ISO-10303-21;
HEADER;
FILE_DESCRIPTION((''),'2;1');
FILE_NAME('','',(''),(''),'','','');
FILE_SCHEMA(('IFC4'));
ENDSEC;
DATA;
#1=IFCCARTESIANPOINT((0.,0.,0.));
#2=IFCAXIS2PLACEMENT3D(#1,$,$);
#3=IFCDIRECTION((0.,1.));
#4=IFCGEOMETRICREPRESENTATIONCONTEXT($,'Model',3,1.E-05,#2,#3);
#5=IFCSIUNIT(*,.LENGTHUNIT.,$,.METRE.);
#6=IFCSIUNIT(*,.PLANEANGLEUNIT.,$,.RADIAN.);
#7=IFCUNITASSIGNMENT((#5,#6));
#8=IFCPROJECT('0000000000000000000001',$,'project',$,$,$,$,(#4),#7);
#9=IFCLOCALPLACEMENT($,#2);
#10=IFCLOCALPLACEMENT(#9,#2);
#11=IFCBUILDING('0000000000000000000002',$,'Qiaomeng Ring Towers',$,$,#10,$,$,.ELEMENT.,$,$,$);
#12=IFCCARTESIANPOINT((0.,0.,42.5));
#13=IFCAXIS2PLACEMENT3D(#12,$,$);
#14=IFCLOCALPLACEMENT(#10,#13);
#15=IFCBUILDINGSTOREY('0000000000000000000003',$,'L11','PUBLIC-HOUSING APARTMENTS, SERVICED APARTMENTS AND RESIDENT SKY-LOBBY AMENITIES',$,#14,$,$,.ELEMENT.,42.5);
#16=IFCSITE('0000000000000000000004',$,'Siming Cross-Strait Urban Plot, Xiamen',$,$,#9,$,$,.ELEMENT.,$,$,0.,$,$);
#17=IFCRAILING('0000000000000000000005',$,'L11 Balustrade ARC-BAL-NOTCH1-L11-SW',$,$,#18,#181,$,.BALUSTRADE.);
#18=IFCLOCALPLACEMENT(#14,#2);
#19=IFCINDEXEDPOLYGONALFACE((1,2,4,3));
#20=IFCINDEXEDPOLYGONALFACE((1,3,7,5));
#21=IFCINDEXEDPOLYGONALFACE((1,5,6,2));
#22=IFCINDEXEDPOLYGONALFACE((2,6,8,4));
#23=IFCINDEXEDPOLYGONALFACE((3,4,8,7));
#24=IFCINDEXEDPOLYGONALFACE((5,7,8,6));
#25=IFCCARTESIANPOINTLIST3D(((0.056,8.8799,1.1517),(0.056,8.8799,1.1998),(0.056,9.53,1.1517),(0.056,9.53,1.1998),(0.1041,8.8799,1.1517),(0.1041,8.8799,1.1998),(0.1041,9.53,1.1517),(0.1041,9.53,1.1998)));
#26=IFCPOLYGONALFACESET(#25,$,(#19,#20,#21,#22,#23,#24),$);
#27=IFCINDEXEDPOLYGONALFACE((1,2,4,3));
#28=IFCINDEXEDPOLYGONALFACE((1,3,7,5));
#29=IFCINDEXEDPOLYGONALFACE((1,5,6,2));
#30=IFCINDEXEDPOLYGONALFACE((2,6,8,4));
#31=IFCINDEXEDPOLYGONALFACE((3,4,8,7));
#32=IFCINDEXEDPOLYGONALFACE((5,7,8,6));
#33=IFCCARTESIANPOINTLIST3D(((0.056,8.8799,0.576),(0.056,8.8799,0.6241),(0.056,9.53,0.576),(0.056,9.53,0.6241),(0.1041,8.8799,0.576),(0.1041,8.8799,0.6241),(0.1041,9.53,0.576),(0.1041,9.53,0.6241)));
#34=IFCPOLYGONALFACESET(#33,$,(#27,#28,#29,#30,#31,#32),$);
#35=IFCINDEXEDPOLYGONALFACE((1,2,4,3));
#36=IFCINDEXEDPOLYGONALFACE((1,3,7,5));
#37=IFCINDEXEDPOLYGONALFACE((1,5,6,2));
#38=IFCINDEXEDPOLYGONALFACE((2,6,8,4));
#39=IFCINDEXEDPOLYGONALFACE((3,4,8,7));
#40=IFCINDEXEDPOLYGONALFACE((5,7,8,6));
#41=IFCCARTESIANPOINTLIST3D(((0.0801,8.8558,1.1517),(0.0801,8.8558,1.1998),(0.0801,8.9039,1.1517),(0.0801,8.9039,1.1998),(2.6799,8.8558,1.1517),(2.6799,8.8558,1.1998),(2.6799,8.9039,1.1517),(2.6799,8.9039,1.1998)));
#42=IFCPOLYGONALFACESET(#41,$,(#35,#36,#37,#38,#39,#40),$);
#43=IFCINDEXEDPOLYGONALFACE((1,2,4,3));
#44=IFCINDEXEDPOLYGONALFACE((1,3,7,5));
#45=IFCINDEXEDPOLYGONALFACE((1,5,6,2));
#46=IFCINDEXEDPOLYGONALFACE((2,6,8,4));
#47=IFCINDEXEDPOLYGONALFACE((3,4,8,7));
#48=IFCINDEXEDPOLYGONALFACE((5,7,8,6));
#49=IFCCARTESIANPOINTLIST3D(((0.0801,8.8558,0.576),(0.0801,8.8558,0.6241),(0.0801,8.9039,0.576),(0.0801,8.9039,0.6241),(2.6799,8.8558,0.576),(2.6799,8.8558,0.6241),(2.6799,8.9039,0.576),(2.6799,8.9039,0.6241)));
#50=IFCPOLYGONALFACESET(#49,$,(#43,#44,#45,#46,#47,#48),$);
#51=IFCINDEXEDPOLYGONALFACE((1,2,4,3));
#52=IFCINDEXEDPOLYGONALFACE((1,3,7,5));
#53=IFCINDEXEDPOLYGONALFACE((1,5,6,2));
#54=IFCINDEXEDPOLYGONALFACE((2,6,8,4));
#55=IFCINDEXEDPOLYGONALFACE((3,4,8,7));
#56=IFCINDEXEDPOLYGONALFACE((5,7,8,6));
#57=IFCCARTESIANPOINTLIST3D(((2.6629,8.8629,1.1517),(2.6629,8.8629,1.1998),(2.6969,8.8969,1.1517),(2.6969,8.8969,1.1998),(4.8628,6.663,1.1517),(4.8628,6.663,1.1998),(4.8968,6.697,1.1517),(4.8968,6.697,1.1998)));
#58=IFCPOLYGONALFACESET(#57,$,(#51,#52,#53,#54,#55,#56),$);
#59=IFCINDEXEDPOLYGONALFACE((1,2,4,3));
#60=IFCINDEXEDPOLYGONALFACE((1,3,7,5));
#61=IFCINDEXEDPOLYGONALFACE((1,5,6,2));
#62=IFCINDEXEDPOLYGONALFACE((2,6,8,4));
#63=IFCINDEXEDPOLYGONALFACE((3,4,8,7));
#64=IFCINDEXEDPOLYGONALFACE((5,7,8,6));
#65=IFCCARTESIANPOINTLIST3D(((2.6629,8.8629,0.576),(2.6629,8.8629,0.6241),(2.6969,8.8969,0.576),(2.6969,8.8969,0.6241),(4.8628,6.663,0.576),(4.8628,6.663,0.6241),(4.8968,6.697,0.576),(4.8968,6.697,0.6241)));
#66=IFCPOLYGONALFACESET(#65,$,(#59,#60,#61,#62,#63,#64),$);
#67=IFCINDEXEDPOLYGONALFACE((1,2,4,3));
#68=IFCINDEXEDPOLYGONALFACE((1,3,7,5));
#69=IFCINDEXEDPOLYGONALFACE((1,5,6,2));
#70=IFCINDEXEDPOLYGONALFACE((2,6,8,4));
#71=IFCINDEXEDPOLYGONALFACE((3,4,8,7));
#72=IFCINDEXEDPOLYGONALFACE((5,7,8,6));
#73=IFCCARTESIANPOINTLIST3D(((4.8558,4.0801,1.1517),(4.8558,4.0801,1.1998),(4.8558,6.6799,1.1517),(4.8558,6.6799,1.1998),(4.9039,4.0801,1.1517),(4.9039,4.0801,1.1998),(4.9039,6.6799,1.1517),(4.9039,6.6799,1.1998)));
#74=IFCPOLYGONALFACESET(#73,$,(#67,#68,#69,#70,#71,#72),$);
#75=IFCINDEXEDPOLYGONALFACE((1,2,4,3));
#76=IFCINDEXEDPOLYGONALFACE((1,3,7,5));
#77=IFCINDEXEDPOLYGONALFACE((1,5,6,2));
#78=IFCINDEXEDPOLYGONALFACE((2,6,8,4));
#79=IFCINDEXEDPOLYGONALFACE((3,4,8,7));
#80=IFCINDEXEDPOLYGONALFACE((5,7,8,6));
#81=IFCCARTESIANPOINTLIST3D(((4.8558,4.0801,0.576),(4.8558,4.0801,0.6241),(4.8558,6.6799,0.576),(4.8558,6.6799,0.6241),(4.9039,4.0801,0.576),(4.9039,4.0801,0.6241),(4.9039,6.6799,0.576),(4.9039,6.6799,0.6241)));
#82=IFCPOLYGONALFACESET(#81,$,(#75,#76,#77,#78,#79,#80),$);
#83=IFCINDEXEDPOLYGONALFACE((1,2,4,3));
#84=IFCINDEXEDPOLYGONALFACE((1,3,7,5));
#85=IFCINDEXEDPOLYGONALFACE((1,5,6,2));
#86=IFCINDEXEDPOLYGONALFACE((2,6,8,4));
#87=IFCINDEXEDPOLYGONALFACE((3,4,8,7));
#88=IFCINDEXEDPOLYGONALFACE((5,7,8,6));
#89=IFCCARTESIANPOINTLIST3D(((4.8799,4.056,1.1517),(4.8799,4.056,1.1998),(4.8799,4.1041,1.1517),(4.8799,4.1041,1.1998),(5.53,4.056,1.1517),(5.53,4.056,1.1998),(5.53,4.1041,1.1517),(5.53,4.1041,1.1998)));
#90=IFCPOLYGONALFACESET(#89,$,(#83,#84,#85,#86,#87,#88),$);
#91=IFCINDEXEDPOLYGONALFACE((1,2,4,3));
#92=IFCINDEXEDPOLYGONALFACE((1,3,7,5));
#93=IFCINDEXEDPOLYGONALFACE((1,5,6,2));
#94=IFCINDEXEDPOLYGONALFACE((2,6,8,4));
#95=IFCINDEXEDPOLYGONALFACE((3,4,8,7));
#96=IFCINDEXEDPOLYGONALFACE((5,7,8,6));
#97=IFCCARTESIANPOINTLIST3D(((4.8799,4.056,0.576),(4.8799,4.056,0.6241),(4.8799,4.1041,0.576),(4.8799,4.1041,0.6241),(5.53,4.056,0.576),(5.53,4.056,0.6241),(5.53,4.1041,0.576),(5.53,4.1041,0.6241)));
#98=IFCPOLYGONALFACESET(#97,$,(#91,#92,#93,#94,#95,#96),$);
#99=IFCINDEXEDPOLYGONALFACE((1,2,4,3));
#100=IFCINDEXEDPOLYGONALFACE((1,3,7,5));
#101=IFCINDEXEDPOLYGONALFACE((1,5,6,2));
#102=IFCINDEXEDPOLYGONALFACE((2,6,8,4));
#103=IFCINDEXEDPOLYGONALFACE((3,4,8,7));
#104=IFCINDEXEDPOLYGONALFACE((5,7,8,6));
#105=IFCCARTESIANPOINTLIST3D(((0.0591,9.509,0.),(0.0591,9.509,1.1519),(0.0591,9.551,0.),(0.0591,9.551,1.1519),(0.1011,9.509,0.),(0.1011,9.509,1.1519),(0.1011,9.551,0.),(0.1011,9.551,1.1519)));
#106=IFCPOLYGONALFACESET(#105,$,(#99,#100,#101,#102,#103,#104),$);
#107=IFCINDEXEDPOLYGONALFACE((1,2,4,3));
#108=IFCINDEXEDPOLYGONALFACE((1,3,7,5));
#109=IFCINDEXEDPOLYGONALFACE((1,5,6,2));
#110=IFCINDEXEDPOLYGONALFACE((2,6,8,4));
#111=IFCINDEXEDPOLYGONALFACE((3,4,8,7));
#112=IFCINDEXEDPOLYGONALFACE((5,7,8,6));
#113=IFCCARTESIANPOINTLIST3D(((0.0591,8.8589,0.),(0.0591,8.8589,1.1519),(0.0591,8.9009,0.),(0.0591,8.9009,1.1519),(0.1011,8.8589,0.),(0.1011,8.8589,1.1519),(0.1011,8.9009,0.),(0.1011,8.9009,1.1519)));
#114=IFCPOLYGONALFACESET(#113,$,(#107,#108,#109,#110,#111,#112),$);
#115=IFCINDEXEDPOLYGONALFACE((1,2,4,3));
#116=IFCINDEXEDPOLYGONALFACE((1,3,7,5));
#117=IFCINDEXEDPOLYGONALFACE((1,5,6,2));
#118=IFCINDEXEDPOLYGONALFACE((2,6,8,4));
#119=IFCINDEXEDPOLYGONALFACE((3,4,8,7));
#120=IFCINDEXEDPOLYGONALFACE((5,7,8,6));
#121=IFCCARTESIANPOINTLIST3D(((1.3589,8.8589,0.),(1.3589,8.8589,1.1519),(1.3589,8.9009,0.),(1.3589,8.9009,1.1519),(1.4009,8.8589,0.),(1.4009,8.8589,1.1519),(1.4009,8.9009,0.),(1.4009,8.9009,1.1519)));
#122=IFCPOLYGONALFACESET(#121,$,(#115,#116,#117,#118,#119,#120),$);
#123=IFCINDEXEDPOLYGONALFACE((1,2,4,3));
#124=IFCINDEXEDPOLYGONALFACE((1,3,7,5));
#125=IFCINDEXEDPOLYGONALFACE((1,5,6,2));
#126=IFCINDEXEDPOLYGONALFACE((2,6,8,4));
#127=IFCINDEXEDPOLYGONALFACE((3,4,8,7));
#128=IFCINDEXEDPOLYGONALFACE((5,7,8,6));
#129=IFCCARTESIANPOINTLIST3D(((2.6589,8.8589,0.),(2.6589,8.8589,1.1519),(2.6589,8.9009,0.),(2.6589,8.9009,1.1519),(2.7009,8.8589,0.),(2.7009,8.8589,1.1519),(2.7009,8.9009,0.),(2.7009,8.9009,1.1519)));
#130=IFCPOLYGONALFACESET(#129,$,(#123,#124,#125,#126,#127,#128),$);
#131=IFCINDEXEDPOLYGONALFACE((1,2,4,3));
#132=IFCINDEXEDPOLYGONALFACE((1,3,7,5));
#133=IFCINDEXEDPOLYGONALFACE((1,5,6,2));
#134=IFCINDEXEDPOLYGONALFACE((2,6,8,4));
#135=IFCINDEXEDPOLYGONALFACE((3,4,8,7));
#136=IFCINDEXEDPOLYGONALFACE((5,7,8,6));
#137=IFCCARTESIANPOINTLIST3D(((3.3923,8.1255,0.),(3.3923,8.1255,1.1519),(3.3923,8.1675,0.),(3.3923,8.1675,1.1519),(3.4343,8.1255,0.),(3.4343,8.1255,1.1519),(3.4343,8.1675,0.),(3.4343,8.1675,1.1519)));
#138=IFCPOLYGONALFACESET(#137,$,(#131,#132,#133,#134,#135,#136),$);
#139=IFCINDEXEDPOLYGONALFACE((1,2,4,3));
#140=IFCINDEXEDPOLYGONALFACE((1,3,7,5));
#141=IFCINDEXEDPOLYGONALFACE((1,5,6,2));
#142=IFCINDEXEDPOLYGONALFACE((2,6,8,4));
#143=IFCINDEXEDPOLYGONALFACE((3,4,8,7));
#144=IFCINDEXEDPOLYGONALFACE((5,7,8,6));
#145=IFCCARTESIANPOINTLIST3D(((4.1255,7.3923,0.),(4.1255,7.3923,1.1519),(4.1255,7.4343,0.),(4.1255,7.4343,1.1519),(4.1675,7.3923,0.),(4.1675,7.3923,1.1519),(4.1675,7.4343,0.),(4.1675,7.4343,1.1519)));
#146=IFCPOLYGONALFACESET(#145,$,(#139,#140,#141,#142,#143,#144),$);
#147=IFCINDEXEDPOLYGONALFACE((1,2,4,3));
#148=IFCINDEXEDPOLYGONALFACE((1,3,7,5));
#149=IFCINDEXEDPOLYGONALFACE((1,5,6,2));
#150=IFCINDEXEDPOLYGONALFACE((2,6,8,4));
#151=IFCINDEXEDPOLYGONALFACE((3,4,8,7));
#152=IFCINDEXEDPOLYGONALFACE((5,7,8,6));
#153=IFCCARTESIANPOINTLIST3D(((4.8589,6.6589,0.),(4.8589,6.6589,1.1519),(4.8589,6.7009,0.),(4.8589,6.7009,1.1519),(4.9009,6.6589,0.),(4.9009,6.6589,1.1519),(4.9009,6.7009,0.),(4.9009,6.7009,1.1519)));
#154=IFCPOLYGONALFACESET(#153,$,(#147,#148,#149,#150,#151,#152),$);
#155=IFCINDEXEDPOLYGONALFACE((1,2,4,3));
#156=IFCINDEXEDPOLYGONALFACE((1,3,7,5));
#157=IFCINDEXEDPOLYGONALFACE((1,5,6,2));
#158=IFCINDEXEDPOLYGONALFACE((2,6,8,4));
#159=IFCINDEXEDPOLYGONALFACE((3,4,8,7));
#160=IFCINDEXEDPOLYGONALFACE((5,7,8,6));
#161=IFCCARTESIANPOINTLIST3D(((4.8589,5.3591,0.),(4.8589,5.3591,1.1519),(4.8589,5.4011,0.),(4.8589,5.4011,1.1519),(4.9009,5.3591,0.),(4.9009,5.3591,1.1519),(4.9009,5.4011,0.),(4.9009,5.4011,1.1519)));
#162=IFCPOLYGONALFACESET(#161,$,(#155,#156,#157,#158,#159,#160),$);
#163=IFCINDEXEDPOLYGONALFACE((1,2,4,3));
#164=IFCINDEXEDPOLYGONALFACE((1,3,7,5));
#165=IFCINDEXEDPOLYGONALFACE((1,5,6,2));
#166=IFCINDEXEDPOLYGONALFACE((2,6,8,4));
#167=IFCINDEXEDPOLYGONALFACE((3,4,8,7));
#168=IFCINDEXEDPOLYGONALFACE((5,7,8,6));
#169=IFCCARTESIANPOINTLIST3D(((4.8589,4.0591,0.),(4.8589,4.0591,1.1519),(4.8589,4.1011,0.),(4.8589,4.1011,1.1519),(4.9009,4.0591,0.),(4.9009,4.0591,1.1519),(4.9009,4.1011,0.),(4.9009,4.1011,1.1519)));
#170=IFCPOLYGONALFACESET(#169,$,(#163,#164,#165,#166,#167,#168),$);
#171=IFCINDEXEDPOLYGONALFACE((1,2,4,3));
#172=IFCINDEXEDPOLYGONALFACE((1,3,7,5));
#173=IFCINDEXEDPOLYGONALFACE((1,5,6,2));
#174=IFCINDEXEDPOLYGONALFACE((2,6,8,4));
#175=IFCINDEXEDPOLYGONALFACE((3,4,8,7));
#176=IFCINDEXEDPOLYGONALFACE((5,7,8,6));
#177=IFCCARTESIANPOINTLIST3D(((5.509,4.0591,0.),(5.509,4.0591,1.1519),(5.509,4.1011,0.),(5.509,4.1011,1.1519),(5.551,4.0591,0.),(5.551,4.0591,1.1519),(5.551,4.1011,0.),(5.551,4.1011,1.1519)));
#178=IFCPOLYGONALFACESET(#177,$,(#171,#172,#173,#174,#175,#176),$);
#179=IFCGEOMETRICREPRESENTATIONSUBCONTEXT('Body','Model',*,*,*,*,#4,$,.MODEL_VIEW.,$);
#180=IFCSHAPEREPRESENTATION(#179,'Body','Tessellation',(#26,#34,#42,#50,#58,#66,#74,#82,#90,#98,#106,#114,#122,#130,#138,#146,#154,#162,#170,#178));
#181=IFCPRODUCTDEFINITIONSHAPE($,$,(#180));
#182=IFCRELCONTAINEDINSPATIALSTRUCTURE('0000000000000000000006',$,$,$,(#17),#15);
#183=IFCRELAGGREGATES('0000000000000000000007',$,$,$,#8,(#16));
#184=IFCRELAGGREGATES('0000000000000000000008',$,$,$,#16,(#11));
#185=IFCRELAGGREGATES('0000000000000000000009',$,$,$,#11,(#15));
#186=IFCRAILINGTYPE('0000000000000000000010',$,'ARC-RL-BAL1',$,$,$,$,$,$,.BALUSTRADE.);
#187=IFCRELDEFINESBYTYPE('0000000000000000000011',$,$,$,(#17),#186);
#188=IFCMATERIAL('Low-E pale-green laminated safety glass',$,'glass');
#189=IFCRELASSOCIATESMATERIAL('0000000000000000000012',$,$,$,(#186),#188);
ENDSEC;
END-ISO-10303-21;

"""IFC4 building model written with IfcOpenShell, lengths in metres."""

from ifc_helpers import new_model, si_unit, direction, frame, origin, origin_2d, place, context, subcontext, project, spatial, rectangle, extrude, material, type_object, element, save


model = new_model("IFC4")

# Units and contexts
model_context = context("Model", 3, precision=1e-05, world=origin(), true_north=direction((0.0, 1.0)))
body_context = subcontext(model_context, "Body", "Model", "MODEL_VIEW")
ifc_project = project(units=[si_unit("LENGTHUNIT", "METRE"), si_unit("PLANEANGLEUNIT", "RADIAN")], contexts=[model_context])

# Site, building, storey
site_placement = place(None, origin())
site = spatial("IfcSite", under=ifc_project, at=site_placement, Name="Siming Cross-Strait Urban Plot, Xiamen", CompositionType="ELEMENT", RefElevation=0.0)
building_placement = place(site_placement, origin())
building = spatial("IfcBuilding", under=site, at=building_placement, Name="Qiaomeng Ring Towers", CompositionType="ELEMENT")
storey_placement = place(building_placement, frame((0.0, 0.0, 42.5)))
storey = spatial("IfcBuildingStorey", under=building, at=storey_placement, Name="L11", Description="PUBLIC-HOUSING APARTMENTS, SERVICED APARTMENTS AND RESIDENT SKY-LOBBY AMENITIES", CompositionType="ELEMENT", Elevation=42.5)

# Railing
ifc_material_1 = material(Name="Low-E pale-green laminated safety glass", Category="glass")
railing_type = type_object("IfcRailingType", Name="ARC-RL-BAL1", PredefinedType="BALUSTRADE", material=ifc_material_1)
railing_1_placement = place(storey_placement, frame((0.0801, 9.53, 0.0)))
element("IfcRailing", 1, at=railing_1_placement, inside=storey, type_object=railing_type, Name="L11 Balustrade ARC-BAL-NOTCH1-L11-SW", PredefinedType="BALUSTRADE", context=body_context, shape_type="SweptSolid", body=[
    extrude(rectangle(XDim=0.0481, YDim=0.0481, at=origin_2d()), frame((0.0, 0.0, 1.1758), z_axis=(0.0, -1.0, 0.0), x_axis=(1.0, 0.0, 0.0)), (0.0, 0.0, 1.0), 0.6501),
    extrude(rectangle(XDim=0.0481, YDim=0.0481, at=origin_2d()), frame((0.0, 0.0, 0.6001), z_axis=(0.0, -1.0, 0.0), x_axis=(1.0, 0.0, 0.0)), (0.0, 0.0, 1.0), 0.6501),
    extrude(rectangle(XDim=0.0481, YDim=0.0481, at=origin_2d()), frame((0.0, -0.6501, 1.1758), z_axis=(1.0, 0.0, 0.0), x_axis=(0.0, 1.0, 0.0)), (0.0, 0.0, 1.0), 2.5999),
    extrude(rectangle(XDim=0.0481, YDim=0.0481, at=origin_2d()), frame((0.0, -0.6501, 0.6001), z_axis=(1.0, 0.0, 0.0), x_axis=(0.0, 1.0, 0.0)), (0.0, 0.0, 1.0), 2.5999),
    extrude(rectangle(XDim=0.0481, YDim=0.0481, at=origin_2d()), frame((2.5999, -0.6501, 1.1758), z_axis=(0.707107, -0.707107, 0.0), x_axis=(0.707107, 0.707107, 0.0)), (0.0, 0.0, 1.0), 3.1111),
    extrude(rectangle(XDim=0.0481, YDim=0.0481, at=origin_2d()), frame((2.5999, -0.6501, 0.6001), z_axis=(0.707107, -0.707107, 0.0), x_axis=(0.707107, 0.707107, 0.0)), (0.0, 0.0, 1.0), 3.1111),
    extrude(rectangle(XDim=0.0481, YDim=0.0481, at=origin_2d()), frame((4.7998, -2.8501, 1.1758), z_axis=(0.0, -1.0, 0.0), x_axis=(1.0, 0.0, 0.0)), (0.0, 0.0, 1.0), 2.5999),
    extrude(rectangle(XDim=0.0481, YDim=0.0481, at=origin_2d()), frame((4.7998, -2.8501, 0.6001), z_axis=(0.0, -1.0, 0.0), x_axis=(1.0, 0.0, 0.0)), (0.0, 0.0, 1.0), 2.5999),
    extrude(rectangle(XDim=0.0481, YDim=0.0481, at=origin_2d()), frame((4.7998, -5.45, 1.1758), z_axis=(1.0, 0.0, 0.0), x_axis=(0.0, 1.0, 0.0)), (0.0, 0.0, 1.0), 0.6501),
    extrude(rectangle(XDim=0.0481, YDim=0.0481, at=origin_2d()), frame((4.7998, -5.45, 0.6001), z_axis=(1.0, 0.0, 0.0), x_axis=(0.0, 1.0, 0.0)), (0.0, 0.0, 1.0), 0.6501),
    extrude(rectangle(XDim=0.042, YDim=0.042, at=origin_2d()), origin(), (0.0, 0.0, 1.0), 1.1519),
    extrude(rectangle(XDim=0.042, YDim=0.042, at=origin_2d()), frame((0.0, -0.6501, 0.0)), (0.0, 0.0, 1.0), 1.1519),
    extrude(rectangle(XDim=0.042, YDim=0.042, at=origin_2d()), frame((1.2998, -0.6501, 0.0)), (0.0, 0.0, 1.0), 1.1519),
    extrude(rectangle(XDim=0.042, YDim=0.042, at=origin_2d()), frame((2.5999, -0.6501, 0.0)), (0.0, 0.0, 1.0), 1.1519),
    extrude(rectangle(XDim=0.042, YDim=0.042, at=origin_2d()), frame((3.3333, -1.3835, 0.0)), (0.0, 0.0, 1.0), 1.1519),
    extrude(rectangle(XDim=0.042, YDim=0.042, at=origin_2d()), frame((4.0664, -2.1167, 0.0)), (0.0, 0.0, 1.0), 1.1519),
    extrude(rectangle(XDim=0.042, YDim=0.042, at=origin_2d()), frame((4.7998, -2.8501, 0.0)), (0.0, 0.0, 1.0), 1.1519),
    extrude(rectangle(XDim=0.042, YDim=0.042, at=origin_2d()), frame((4.7998, -4.1499, 0.0)), (0.0, 0.0, 1.0), 1.1519),
    extrude(rectangle(XDim=0.042, YDim=0.042, at=origin_2d()), frame((4.7998, -5.45, 0.0)), (0.0, 0.0, 1.0), 1.1519),
    extrude(rectangle(XDim=0.042, YDim=0.042, at=origin_2d()), frame((5.45, -5.45, 0.0)), (0.0, 0.0, 1.0), 1.1519),
])

save(model, "model.ifc")
